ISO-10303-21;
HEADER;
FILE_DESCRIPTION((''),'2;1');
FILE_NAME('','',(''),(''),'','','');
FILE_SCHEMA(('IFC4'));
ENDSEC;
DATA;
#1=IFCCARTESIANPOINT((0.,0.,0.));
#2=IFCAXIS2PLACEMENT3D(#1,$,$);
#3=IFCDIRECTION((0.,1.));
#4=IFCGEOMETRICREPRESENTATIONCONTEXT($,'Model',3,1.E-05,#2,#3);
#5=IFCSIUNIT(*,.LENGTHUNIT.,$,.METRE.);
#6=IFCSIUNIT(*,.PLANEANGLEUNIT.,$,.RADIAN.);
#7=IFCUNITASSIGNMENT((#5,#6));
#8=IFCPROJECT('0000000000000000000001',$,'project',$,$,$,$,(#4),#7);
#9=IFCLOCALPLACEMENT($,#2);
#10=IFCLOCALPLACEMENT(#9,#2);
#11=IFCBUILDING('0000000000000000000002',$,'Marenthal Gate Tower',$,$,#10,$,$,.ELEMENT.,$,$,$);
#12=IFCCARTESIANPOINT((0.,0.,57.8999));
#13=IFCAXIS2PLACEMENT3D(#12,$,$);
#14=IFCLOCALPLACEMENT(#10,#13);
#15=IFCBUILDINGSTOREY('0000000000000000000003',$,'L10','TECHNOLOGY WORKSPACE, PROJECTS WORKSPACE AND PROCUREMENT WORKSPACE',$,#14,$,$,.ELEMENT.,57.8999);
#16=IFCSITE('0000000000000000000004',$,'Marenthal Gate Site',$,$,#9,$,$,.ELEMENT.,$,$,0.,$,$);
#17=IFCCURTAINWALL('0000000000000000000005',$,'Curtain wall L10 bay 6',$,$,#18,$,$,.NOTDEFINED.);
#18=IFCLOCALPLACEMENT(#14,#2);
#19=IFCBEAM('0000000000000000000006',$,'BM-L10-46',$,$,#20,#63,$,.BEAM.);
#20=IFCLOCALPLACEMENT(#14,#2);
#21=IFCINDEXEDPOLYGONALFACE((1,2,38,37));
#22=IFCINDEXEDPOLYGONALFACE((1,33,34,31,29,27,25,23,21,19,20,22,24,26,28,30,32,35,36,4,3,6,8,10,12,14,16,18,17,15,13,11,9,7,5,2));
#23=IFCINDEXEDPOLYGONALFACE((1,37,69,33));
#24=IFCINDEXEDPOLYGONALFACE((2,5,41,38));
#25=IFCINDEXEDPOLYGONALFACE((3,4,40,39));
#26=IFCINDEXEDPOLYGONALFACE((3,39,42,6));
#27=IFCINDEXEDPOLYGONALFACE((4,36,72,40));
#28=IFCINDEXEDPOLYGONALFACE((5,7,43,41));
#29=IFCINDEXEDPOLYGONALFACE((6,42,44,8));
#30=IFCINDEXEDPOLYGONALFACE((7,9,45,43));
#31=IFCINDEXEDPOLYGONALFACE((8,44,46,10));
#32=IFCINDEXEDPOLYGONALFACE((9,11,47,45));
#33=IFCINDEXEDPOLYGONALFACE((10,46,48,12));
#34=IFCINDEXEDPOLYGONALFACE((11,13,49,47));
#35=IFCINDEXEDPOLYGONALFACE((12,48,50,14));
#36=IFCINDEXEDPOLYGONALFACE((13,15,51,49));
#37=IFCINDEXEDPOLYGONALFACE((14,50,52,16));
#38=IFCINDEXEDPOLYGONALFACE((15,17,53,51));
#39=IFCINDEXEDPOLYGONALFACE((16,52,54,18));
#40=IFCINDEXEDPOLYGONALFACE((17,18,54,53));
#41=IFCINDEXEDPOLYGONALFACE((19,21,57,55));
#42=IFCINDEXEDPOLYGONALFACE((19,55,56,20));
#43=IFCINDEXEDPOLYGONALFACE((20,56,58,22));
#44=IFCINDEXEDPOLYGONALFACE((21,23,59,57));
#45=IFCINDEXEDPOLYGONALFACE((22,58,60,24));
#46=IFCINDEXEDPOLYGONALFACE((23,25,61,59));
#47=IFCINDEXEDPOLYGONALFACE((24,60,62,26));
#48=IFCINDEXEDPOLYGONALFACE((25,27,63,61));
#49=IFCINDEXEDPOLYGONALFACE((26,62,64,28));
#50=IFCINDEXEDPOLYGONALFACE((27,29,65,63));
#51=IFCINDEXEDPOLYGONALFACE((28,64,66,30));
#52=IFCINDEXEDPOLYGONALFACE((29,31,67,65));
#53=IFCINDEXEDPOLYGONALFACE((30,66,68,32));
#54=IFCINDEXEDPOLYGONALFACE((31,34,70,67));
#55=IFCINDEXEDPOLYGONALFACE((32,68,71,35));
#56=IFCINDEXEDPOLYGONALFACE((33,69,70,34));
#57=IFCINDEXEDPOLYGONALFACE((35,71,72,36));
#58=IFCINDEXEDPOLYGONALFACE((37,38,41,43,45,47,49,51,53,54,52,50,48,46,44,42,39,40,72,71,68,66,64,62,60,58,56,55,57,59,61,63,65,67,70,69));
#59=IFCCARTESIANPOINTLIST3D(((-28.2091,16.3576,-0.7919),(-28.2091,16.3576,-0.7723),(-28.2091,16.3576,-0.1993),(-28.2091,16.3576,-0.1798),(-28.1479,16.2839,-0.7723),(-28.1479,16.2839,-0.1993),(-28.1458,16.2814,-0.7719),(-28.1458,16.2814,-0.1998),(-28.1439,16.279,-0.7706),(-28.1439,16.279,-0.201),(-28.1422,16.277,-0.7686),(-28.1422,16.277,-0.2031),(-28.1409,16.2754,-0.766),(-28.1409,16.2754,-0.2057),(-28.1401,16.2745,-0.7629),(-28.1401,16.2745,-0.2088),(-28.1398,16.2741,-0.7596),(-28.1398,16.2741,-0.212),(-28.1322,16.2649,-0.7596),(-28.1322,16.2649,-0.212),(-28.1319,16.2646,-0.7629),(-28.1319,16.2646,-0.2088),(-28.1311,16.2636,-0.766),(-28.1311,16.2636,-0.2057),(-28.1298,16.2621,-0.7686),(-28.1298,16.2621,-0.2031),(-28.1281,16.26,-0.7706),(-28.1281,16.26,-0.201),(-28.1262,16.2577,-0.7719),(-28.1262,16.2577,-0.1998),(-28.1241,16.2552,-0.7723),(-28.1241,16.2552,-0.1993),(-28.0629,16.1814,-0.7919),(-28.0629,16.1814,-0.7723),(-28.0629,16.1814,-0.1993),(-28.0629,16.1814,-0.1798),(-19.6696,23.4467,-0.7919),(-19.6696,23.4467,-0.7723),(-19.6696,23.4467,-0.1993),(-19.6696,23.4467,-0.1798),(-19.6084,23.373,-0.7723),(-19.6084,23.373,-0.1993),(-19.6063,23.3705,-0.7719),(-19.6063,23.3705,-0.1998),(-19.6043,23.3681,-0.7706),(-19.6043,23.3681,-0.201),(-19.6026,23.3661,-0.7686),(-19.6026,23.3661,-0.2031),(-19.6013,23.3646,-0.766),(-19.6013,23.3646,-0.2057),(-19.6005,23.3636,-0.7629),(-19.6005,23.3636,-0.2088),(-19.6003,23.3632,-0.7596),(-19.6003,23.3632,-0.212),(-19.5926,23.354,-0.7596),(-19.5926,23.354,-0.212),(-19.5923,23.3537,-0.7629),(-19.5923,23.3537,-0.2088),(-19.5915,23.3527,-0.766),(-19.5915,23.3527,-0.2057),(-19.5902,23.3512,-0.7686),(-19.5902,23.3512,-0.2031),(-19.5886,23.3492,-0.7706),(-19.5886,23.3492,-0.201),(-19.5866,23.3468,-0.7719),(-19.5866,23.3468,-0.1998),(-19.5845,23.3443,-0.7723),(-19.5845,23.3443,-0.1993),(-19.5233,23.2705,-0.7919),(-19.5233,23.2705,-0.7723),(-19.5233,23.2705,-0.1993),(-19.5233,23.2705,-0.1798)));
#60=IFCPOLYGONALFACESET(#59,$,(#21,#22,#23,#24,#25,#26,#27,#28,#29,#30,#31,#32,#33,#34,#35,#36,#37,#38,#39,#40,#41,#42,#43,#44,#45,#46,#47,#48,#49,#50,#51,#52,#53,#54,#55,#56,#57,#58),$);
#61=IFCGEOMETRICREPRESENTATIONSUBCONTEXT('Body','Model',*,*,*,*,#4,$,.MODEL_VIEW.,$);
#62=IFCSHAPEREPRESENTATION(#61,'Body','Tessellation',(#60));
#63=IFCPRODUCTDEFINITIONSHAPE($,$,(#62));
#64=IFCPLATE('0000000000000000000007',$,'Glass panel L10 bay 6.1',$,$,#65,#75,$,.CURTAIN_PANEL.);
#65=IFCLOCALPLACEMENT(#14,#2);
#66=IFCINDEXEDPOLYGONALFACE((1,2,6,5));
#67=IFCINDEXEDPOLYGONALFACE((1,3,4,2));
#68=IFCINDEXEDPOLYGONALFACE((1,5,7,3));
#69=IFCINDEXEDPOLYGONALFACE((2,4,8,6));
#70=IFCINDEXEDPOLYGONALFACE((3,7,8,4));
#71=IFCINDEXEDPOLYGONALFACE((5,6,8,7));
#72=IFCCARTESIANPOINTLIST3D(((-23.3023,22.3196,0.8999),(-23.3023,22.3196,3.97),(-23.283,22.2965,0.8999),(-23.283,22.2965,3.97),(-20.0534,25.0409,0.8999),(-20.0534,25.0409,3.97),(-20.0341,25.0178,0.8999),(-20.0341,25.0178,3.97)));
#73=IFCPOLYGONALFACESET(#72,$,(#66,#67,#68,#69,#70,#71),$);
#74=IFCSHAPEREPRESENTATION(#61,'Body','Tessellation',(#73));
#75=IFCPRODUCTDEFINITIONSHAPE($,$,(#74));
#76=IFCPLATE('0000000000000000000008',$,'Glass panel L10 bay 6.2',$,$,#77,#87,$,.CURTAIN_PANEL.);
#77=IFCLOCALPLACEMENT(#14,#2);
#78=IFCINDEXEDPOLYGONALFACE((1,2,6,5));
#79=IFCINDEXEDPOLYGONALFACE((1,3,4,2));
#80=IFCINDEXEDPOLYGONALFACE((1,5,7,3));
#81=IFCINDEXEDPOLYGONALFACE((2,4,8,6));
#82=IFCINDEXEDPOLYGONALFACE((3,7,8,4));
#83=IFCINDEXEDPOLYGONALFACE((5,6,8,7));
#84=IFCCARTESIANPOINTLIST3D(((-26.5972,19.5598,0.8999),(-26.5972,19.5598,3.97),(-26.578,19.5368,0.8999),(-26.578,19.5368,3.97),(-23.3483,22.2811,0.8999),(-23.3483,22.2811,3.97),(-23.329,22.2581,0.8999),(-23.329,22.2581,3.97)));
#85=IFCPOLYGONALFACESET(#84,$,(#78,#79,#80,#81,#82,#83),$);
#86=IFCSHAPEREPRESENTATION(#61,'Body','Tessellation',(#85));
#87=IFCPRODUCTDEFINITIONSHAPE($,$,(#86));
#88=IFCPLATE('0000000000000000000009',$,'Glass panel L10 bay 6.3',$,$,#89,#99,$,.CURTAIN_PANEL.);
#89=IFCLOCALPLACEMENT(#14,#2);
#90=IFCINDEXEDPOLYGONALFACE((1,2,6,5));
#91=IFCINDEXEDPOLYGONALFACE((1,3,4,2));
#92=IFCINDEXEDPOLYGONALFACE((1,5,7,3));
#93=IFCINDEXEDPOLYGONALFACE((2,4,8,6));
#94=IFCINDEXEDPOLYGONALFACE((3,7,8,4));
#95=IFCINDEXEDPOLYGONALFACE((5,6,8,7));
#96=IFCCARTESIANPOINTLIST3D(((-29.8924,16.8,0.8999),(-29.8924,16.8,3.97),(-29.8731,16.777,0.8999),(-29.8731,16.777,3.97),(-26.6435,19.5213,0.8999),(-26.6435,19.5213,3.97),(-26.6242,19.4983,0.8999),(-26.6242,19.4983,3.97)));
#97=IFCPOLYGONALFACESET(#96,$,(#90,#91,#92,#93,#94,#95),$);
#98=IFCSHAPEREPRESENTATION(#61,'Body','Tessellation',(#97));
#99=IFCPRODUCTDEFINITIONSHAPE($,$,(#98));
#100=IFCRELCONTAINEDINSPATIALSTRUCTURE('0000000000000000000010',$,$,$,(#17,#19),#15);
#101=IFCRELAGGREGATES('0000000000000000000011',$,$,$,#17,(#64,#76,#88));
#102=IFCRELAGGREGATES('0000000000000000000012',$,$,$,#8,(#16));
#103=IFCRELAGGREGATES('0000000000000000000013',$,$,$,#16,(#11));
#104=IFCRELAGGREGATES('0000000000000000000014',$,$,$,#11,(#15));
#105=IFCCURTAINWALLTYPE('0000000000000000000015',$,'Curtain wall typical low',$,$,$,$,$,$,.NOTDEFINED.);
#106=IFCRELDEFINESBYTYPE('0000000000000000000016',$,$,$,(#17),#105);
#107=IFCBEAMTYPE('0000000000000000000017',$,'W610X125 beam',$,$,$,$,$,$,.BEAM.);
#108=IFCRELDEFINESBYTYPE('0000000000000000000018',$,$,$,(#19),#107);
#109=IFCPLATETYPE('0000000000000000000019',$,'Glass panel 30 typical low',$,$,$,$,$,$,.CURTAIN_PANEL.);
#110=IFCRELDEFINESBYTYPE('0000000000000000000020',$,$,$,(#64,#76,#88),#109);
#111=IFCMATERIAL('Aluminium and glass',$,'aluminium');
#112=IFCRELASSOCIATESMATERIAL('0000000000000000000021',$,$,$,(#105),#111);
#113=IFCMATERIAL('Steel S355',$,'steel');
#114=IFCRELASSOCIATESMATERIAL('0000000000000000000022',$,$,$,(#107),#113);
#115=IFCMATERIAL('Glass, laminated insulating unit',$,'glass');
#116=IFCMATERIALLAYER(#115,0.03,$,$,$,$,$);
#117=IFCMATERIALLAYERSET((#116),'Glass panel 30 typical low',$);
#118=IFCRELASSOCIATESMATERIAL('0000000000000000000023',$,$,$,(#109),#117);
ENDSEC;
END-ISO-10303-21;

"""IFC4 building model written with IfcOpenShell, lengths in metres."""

from ifc_helpers import new_model, si_unit, direction, frame, origin, origin_2d, place, context, subcontext, project, spatial, rectangle, i_section, extrude, material, layer, layer_set, material_profile, profile_set, type_object, element, aggregate, save


model = new_model("IFC4")

# Units and contexts
model_context = context("Model", 3, precision=1e-05, world=origin(), true_north=direction((0.0, 1.0)))
body_context = subcontext(model_context, "Body", "Model", "MODEL_VIEW")
ifc_project = project(units=[si_unit("LENGTHUNIT", "METRE"), si_unit("PLANEANGLEUNIT", "RADIAN")], contexts=[model_context])

# Site, building, storey
site_placement = place(None, origin())
site = spatial("IfcSite", under=ifc_project, at=site_placement, Name="Marenthal Gate Site", CompositionType="ELEMENT", RefElevation=0.0)
building_placement = place(site_placement, origin())
building = spatial("IfcBuilding", under=site, at=building_placement, Name="Marenthal Gate Tower", CompositionType="ELEMENT")
storey_placement = place(building_placement, frame((0.0, 0.0, 57.8999)))
storey = spatial("IfcBuildingStorey", under=building, at=storey_placement, Name="L10", Description="TECHNOLOGY WORKSPACE, PROJECTS WORKSPACE AND PROCUREMENT WORKSPACE", CompositionType="ELEMENT", Elevation=57.8999)

# Curtain wall
ifc_material_1 = material(Name="Aluminium and glass", Category="aluminium")
curtain_wall_type = type_object("IfcCurtainWallType", Name="Curtain wall typical low", PredefinedType="NOTDEFINED", material=ifc_material_1)
curtain_wall_placement = place(storey_placement, origin())
curtain_wall = element("IfcCurtainWall", 1, at=curtain_wall_placement, inside=storey, type_object=curtain_wall_type, Name="Curtain wall L10 bay 6", PredefinedType="NOTDEFINED")

# Beam
ifc_material_2 = material(Name="Steel S355", Category="steel")
ifc_material_profile_1 = material_profile(ifc_material_2, i_section(OverallWidth=0.229, OverallDepth=0.6121, WebThickness=0.012, FlangeThickness=0.0195, FilletRadius=0.0127, at=origin_2d()), Name="W610X125")
ifc_profile_set_1 = profile_set([ifc_material_profile_1], Name="Steel S355")
beam_type_1 = type_object("IfcBeamType", Name="W610X125 beam", PredefinedType="BEAM", material=ifc_profile_set_1)
beam_1_placement = place(storey_placement, frame((-19.5964, 23.3586, -0.4858), z_axis=(-0.769424, -0.638738, 0.0), x_axis=(0.638738, -0.769424, 0.0)))
element("IfcBeam", 2, at=beam_1_placement, inside=storey, type_object=beam_type_1, Name="BM-L10-46", PredefinedType="BEAM", context=body_context, shape_type="SweptSolid", body=[
    extrude(i_section(OverallWidth=0.229, OverallDepth=0.6121, WebThickness=0.012, FlangeThickness=0.0195, FilletRadius=0.0127, at=origin_2d()), origin(), (0.0, 0.0, 1.0), 11.0986),
])

# Plates
ifc_material_3 = material(Name="Glass, laminated insulating unit", Category="glass")
ifc_layer_1 = layer(ifc_material_3, 0.03)
ifc_layer_set_1 = layer_set([ifc_layer_1], Name="Glass panel 30 typical low")
plate_type = type_object("IfcPlateType", Name="Glass panel 30 typical low", PredefinedType="CURTAIN_PANEL", material=ifc_layer_set_1)
plate_1_placement = place(storey_placement, frame((-21.6682, 23.6687, 0.8999), z_axis=(0.0, 0.0, 1.0), x_axis=(-0.766611, -0.642112, 0.0)))
plate_1 = element("IfcPlate", 3, at=plate_1_placement, type_object=plate_type, Name="Glass panel L10 bay 6.1", PredefinedType="CURTAIN_PANEL", context=body_context, shape_type="SweptSolid", body=[
    extrude(rectangle(XDim=4.238, YDim=0.03, at=origin_2d()), origin(), (0.0, 0.0, 1.0), 3.0701),
])
plate_2_placement = place(storey_placement, frame((-24.9631, 20.9089, 0.8999), z_axis=(0.0, 0.0, 1.0), x_axis=(-0.766611, -0.642112, 0.0)))
plate_2 = element("IfcPlate", 4, at=plate_2_placement, type_object=plate_type, Name="Glass panel L10 bay 6.2", PredefinedType="CURTAIN_PANEL", context=body_context, shape_type="SweptSolid", body=[
    extrude(rectangle(XDim=4.238, YDim=0.03, at=origin_2d()), origin(), (0.0, 0.0, 1.0), 3.0701),
])
plate_3_placement = place(storey_placement, frame((-28.2583, 18.1492, 0.8999), z_axis=(0.0, 0.0, 1.0), x_axis=(-0.766611, -0.642112, 0.0)))
plate_3 = element("IfcPlate", 5, at=plate_3_placement, type_object=plate_type, Name="Glass panel L10 bay 6.3", PredefinedType="CURTAIN_PANEL", context=body_context, shape_type="SweptSolid", body=[
    extrude(rectangle(XDim=4.238, YDim=0.03, at=origin_2d()), origin(), (0.0, 0.0, 1.0), 3.0701),
])
aggregate(curtain_wall, [plate_1, plate_2, plate_3])

save(model, "model.ifc")
